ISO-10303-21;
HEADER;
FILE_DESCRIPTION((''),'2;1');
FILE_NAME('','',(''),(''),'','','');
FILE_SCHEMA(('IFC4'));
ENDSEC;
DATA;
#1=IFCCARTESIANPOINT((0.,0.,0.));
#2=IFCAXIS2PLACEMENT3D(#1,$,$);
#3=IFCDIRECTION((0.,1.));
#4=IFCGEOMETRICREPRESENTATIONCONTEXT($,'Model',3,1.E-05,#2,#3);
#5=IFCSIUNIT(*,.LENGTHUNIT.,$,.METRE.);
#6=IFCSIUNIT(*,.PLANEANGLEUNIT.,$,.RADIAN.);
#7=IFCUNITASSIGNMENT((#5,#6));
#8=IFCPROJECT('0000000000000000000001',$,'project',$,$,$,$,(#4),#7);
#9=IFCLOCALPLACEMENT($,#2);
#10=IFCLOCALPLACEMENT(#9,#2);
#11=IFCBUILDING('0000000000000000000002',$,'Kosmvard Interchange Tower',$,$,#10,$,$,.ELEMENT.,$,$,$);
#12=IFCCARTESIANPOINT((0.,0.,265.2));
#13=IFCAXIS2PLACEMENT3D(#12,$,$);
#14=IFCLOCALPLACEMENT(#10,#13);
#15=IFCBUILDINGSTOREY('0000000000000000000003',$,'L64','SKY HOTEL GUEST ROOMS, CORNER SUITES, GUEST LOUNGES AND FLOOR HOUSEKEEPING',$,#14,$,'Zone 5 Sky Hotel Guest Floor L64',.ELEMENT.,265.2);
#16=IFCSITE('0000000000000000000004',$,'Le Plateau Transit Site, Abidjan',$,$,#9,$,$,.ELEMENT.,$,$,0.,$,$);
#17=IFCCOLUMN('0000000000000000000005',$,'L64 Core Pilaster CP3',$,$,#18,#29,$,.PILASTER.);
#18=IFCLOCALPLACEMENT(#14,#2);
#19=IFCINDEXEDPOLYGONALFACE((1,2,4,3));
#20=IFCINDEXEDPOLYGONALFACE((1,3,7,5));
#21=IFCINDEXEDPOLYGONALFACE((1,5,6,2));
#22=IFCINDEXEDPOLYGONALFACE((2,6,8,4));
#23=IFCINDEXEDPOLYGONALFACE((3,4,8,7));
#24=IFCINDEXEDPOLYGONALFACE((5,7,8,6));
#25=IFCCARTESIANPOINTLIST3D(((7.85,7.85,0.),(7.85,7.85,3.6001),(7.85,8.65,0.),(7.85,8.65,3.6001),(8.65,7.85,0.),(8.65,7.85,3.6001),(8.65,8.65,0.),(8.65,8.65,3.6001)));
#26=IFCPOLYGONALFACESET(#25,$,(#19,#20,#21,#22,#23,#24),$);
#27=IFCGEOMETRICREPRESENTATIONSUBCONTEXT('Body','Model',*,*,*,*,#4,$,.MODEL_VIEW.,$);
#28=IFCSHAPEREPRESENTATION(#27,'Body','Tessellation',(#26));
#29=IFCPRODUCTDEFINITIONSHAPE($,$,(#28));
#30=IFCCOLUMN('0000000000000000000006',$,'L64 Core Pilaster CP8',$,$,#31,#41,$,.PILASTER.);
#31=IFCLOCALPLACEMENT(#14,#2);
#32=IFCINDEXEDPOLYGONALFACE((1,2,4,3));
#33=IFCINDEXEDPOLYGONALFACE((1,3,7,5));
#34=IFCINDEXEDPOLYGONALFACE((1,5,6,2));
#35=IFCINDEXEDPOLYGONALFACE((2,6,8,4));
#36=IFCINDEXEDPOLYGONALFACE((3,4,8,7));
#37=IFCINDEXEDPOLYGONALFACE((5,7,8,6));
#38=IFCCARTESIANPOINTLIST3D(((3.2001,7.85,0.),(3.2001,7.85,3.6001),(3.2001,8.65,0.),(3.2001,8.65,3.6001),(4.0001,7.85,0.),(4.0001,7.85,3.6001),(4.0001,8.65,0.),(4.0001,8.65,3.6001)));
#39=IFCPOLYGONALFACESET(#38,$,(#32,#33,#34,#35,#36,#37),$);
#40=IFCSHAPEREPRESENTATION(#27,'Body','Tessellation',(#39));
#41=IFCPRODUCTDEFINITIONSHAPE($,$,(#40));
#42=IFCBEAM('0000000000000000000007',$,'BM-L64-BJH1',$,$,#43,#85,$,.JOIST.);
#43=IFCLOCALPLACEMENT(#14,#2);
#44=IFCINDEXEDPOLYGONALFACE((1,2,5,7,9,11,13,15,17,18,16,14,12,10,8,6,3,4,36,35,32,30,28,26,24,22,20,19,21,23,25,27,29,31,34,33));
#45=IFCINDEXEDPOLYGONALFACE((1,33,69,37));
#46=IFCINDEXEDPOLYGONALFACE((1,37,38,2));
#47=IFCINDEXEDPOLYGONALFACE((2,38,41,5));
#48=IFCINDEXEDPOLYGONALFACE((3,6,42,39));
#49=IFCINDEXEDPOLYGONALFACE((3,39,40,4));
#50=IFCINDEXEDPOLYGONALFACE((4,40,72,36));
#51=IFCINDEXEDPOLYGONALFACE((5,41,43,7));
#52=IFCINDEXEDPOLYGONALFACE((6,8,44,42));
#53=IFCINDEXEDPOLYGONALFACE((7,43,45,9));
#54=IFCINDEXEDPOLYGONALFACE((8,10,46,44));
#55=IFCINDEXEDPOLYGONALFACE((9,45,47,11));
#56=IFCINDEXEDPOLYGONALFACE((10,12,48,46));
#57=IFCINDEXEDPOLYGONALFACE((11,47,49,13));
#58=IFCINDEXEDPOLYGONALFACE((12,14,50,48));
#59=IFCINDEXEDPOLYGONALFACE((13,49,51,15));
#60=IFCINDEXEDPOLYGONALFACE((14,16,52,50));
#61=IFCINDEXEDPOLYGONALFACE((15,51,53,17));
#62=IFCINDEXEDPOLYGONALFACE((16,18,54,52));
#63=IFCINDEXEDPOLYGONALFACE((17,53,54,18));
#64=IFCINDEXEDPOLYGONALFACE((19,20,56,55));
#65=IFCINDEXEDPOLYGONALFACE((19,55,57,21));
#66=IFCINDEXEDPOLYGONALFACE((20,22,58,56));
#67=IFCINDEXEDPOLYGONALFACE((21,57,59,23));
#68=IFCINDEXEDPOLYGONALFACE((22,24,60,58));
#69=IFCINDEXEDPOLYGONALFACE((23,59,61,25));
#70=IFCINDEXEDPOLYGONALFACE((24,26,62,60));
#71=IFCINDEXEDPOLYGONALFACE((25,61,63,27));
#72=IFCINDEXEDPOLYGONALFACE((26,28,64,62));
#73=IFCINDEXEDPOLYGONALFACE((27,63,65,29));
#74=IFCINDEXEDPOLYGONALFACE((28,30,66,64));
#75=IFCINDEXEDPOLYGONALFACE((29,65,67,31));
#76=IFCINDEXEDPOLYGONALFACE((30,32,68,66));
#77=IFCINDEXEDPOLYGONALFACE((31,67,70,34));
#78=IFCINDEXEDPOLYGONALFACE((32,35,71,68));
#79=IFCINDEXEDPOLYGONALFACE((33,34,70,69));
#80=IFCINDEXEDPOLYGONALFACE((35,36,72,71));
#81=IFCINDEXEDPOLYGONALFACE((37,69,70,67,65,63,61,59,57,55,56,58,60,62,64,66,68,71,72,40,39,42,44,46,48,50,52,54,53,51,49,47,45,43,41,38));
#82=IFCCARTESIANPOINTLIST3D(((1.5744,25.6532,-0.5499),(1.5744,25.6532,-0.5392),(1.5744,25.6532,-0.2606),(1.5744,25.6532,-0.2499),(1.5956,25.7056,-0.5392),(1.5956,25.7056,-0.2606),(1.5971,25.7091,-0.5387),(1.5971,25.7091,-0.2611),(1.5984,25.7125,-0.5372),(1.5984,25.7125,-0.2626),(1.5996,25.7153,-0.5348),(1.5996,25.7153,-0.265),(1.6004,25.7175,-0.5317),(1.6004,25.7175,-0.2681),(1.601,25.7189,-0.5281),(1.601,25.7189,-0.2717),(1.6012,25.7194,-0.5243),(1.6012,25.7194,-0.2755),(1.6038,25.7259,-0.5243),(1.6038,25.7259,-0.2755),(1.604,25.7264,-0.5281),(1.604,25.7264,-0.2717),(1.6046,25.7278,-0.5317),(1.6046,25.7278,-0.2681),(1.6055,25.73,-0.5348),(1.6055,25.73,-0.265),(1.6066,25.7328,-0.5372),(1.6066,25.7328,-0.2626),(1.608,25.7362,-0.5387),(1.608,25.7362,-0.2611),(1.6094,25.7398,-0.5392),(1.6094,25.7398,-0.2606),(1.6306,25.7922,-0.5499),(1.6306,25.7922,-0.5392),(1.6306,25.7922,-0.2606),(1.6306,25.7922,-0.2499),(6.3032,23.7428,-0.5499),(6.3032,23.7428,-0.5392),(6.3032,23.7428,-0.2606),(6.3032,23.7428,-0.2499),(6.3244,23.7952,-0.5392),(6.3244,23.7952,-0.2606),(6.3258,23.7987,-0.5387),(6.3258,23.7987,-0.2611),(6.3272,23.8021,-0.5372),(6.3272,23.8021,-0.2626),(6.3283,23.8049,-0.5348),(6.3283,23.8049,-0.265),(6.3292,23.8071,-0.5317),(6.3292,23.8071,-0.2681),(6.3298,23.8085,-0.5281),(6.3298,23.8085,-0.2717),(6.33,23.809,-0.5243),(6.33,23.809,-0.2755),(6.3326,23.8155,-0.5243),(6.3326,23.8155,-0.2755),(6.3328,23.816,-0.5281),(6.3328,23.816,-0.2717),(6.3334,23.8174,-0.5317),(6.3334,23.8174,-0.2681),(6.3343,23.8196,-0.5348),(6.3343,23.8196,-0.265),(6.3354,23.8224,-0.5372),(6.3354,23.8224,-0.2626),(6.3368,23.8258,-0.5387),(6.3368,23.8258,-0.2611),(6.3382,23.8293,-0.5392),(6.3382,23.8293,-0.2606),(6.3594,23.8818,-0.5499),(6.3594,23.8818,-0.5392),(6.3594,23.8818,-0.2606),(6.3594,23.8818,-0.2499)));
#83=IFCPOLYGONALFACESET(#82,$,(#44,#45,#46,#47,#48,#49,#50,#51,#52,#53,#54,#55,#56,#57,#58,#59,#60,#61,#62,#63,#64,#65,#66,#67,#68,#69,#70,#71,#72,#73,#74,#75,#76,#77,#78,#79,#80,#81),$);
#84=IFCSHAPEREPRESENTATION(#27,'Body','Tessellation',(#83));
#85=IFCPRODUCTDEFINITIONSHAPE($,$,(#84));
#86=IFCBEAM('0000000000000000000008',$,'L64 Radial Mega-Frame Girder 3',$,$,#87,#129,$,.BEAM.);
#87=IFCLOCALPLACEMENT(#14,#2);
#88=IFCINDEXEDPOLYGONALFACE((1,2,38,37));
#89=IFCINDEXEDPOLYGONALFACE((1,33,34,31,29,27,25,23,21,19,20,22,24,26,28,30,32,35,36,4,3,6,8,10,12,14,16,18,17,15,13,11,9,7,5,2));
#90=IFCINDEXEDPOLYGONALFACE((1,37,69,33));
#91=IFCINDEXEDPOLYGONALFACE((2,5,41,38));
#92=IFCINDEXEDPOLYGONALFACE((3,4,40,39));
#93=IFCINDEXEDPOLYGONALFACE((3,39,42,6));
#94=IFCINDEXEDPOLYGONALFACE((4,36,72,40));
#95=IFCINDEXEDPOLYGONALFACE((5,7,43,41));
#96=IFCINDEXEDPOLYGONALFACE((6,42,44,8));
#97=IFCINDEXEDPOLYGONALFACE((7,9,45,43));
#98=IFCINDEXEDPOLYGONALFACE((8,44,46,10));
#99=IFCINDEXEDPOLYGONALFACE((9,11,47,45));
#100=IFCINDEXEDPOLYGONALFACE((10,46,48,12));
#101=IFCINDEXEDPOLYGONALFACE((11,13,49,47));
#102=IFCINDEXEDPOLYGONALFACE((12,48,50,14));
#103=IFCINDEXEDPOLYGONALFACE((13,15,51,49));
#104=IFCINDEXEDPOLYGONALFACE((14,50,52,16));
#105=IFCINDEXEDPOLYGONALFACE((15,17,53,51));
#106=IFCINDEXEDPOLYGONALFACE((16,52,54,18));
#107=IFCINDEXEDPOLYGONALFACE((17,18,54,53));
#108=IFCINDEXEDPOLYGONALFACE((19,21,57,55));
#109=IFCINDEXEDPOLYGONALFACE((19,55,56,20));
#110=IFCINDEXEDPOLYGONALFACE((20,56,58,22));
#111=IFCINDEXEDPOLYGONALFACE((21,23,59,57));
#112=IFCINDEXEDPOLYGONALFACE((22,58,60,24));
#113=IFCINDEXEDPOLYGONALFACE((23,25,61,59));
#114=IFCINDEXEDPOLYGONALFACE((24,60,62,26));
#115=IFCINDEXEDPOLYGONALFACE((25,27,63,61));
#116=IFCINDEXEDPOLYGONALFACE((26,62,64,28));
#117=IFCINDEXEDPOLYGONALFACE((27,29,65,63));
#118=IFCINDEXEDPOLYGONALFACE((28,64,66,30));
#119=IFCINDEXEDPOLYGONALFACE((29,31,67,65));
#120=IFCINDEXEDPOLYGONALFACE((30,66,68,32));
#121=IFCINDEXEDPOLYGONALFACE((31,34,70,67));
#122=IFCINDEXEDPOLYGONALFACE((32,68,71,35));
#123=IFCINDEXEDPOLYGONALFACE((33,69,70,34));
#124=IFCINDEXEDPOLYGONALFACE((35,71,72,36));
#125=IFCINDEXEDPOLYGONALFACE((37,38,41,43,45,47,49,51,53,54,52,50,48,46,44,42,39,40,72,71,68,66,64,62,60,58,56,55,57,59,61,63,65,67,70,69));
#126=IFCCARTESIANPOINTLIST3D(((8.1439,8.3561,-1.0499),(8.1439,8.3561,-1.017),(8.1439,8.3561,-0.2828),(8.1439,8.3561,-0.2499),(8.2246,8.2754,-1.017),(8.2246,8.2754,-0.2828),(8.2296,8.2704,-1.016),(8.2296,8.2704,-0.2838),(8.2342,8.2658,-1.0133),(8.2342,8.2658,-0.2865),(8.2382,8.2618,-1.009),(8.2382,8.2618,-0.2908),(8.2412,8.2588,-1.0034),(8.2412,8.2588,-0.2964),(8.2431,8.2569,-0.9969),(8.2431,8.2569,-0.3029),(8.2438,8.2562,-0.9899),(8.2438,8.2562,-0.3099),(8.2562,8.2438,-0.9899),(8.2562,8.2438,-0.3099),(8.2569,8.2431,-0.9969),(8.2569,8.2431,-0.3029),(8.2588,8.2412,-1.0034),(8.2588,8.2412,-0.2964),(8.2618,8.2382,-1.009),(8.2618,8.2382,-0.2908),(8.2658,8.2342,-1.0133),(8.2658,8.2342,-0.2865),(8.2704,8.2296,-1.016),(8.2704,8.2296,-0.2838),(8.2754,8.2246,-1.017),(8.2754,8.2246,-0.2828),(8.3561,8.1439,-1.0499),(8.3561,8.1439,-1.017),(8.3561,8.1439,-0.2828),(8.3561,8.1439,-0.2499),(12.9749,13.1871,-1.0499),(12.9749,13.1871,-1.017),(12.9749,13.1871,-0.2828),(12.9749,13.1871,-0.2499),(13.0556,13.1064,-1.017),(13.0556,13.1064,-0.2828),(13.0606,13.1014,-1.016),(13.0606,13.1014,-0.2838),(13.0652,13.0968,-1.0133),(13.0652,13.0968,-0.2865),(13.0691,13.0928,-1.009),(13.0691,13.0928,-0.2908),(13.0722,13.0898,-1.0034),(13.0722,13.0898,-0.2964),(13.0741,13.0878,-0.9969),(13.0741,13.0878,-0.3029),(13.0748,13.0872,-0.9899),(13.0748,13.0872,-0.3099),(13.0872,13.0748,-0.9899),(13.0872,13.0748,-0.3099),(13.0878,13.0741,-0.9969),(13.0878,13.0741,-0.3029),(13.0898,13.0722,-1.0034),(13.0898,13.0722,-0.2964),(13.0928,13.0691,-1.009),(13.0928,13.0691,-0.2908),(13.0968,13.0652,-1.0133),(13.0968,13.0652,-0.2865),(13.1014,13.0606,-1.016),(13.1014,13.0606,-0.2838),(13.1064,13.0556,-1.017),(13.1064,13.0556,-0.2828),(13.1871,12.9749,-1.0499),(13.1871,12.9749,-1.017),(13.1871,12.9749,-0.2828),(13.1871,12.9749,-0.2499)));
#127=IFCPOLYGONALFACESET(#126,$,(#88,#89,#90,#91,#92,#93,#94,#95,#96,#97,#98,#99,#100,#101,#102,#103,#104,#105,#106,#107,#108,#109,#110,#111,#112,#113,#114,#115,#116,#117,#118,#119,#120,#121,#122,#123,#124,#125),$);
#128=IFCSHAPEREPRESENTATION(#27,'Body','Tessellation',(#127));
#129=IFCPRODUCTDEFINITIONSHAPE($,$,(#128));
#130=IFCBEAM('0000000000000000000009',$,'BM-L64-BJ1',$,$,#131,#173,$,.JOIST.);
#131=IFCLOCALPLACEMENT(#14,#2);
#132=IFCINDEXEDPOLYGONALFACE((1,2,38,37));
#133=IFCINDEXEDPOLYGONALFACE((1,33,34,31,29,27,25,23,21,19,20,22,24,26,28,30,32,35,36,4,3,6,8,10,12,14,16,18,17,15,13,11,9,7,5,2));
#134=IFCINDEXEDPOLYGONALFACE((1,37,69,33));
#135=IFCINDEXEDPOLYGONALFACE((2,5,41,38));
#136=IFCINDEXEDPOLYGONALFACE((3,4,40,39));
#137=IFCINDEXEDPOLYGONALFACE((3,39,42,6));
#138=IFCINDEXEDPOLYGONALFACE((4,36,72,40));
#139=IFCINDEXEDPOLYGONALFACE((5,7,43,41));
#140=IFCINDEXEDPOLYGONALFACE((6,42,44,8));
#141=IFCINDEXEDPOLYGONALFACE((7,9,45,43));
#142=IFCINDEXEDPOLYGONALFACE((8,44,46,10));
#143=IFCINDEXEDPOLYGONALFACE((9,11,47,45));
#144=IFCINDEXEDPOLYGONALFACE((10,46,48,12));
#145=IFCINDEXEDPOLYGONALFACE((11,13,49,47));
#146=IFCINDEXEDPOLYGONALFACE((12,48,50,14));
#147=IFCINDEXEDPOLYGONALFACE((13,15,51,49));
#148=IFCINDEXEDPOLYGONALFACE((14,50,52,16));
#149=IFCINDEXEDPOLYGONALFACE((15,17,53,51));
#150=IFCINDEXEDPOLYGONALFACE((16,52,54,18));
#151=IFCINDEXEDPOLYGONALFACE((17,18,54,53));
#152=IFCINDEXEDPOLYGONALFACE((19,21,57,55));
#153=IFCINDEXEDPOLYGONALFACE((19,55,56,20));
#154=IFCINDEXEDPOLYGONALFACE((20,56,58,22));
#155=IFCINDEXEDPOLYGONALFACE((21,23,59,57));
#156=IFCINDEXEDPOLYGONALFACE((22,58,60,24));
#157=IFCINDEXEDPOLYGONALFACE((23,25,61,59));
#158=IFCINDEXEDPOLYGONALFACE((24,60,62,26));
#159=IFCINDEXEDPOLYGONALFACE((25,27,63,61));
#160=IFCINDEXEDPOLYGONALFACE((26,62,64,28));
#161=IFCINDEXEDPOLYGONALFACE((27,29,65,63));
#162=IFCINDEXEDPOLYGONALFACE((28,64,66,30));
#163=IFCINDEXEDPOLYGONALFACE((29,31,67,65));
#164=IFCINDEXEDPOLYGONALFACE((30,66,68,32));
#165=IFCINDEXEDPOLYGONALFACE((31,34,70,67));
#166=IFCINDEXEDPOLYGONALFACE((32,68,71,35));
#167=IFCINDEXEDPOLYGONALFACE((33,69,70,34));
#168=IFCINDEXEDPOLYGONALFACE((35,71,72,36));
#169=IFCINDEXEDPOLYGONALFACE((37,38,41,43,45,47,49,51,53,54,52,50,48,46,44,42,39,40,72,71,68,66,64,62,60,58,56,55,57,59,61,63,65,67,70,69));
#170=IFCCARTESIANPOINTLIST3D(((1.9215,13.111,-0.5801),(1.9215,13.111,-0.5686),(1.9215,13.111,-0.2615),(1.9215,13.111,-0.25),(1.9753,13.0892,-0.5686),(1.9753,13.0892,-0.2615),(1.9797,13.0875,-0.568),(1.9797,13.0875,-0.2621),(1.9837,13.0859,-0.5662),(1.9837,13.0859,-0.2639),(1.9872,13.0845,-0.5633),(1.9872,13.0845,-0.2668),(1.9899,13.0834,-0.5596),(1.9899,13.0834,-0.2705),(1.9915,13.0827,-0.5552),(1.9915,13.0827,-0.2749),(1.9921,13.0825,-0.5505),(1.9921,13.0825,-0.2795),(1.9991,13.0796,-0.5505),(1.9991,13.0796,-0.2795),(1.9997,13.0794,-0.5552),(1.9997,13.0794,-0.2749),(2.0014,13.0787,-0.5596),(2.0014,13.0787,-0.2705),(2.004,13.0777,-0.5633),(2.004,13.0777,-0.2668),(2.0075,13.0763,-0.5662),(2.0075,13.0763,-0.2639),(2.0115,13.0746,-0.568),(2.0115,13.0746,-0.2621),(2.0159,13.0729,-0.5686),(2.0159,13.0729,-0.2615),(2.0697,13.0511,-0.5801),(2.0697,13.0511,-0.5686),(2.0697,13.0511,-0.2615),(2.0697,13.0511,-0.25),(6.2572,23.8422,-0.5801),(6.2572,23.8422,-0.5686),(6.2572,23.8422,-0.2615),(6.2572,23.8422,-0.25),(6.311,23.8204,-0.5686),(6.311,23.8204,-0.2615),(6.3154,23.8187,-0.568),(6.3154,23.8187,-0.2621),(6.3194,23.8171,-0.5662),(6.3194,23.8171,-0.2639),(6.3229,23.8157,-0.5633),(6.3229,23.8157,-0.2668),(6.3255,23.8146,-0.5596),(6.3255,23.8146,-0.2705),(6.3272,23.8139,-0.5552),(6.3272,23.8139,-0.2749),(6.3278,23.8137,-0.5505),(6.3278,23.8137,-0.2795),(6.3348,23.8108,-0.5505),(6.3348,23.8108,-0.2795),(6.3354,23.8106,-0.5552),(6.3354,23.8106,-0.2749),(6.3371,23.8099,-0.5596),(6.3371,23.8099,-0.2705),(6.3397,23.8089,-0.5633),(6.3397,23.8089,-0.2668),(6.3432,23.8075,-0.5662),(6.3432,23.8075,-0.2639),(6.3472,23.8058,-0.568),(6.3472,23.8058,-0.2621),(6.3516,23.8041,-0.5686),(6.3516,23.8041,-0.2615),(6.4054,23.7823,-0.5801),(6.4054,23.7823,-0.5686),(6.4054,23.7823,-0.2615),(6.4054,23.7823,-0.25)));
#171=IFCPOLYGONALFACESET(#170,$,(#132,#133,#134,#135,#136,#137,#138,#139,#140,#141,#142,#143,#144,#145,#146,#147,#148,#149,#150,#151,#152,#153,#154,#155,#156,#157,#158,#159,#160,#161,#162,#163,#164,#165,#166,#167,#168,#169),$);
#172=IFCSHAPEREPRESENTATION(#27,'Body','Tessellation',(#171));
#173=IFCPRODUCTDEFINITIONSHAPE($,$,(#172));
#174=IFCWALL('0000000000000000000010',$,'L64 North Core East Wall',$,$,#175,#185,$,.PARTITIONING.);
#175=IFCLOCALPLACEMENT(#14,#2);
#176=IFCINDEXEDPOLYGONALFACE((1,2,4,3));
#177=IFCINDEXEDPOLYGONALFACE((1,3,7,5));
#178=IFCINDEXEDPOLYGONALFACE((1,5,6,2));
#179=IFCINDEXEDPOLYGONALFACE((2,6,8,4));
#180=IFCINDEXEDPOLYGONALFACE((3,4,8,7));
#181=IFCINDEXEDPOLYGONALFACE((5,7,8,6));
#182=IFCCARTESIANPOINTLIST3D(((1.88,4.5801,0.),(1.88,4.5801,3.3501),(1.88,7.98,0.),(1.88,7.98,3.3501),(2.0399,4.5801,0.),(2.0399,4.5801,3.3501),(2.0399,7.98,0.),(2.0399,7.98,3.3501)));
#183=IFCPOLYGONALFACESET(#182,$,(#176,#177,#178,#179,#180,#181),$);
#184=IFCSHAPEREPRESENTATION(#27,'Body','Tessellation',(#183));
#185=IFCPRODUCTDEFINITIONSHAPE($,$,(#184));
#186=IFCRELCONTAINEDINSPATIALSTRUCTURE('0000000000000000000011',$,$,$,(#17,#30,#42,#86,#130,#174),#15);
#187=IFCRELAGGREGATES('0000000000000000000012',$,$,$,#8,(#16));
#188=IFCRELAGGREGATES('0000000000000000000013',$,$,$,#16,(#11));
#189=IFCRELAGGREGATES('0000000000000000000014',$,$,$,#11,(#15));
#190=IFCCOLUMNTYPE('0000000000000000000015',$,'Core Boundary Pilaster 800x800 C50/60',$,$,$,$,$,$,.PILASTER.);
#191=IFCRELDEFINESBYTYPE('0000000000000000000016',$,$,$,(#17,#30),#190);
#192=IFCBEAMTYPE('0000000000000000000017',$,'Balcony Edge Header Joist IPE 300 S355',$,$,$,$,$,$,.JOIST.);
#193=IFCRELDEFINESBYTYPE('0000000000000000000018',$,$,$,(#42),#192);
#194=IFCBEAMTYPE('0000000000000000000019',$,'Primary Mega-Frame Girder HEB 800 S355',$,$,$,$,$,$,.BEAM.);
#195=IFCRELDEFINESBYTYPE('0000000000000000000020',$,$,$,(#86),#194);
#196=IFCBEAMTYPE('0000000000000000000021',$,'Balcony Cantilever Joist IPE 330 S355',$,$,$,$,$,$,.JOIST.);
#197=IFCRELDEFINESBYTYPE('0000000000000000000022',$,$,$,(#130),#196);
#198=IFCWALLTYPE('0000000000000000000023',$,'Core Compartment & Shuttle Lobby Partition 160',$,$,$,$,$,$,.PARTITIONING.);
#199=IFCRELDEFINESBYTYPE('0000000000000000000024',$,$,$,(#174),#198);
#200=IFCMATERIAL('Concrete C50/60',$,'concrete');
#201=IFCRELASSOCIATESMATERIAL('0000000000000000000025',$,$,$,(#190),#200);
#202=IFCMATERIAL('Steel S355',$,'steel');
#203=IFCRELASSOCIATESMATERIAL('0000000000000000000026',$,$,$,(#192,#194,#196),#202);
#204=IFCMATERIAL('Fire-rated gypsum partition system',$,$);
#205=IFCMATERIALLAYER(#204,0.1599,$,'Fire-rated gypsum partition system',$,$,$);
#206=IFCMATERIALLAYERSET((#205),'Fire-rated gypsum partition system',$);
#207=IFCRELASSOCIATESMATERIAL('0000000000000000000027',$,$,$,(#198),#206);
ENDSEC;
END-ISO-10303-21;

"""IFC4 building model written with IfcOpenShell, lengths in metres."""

from ifc_helpers import new_model, si_unit, direction, frame, frame_2d, origin, origin_2d, place, context, subcontext, project, spatial, rectangle, i_section, extrude, source, transform, mapped, material, layer, layer_set, material_profile, profile_set, type_object, element, save


model = new_model("IFC4")

# Units and contexts
model_context = context("Model", 3, precision=1e-05, world=origin(), true_north=direction((0.0, 1.0)))
body_context = subcontext(model_context, "Body", "Model", "MODEL_VIEW")
ifc_project = project(units=[si_unit("LENGTHUNIT", "METRE"), si_unit("PLANEANGLEUNIT", "RADIAN")], contexts=[model_context])

# Site, building, storey
site_placement = place(None, origin())
site = spatial("IfcSite", under=ifc_project, at=site_placement, Name="Le Plateau Transit Site, Abidjan", CompositionType="ELEMENT", RefElevation=0.0)
building_placement = place(site_placement, origin())
building = spatial("IfcBuilding", under=site, at=building_placement, Name="Kosmvard Interchange Tower", CompositionType="ELEMENT")
storey_placement = place(building_placement, frame((0.0, 0.0, 265.2)))
storey = spatial("IfcBuildingStorey", under=building, at=storey_placement, Name="L64", Description="SKY HOTEL GUEST ROOMS, CORNER SUITES, GUEST LOUNGES AND FLOOR HOUSEKEEPING", LongName="Zone 5 Sky Hotel Guest Floor L64", CompositionType="ELEMENT", Elevation=265.2)

# Columns
ifc_material_1 = material(Name="Concrete C50/60", Category="concrete")
ifc_material_profile_1 = material_profile(ifc_material_1, rectangle(XDim=0.8, YDim=0.8, at=origin_2d()), Name="CP 800x800")
ifc_profile_set_1 = profile_set([ifc_material_profile_1], Name="Concrete C50/60")
column_type = type_object("IfcColumnType", Name="Core Boundary Pilaster 800x800 C50/60", PredefinedType="PILASTER", material=ifc_profile_set_1)
shared_shape_1 = source(origin(), body_context, "Body", "SweptSolid", [
    extrude(rectangle(XDim=0.8, YDim=0.8, at=origin_2d()), origin(), (0.0, 0.0, 1.0), 3.6001),
])
for number, where, z_axis, x_axis, name in (
    (1, (8.25, 8.25, 0.0), (0.0, 0.0, 1.0), (1.0, 0.0, 0.0), "L64 Core Pilaster CP3"),
    (2, (3.6001, 8.25, 0.0), (0.0, 0.0, 1.0), (1.0, 0.0, 0.0), "L64 Core Pilaster CP8"),
):
    element("IfcColumn", number, at=place(storey_placement, frame(where, z_axis=z_axis, x_axis=x_axis)), inside=storey, type_object=column_type, Name=name, PredefinedType="PILASTER", context=body_context, shape_type="MappedRepresentation", body=[
        mapped(shared_shape_1, transform((0.0, 0.0, 0.0), scale=1.0)),
    ])

# Beams
ifc_material_2 = material(Name="Steel S355", Category="steel")
ifc_material_profile_2 = material_profile(ifc_material_2, i_section(OverallWidth=0.1499, OverallDepth=0.3, WebThickness=0.0071, FlangeThickness=0.0107, FilletRadius=0.0149, at=origin_2d()), Name="IPE 300")
ifc_profile_set_2 = profile_set([ifc_material_profile_2], Name="Steel S355")
beam_type_1 = type_object("IfcBeamType", Name="Balcony Edge Header Joist IPE 300 S355", PredefinedType="JOIST", material=ifc_profile_set_2)
shared_shape_2 = source(origin(), body_context, "Body", "SweptSolid", [
    extrude(i_section(OverallWidth=0.1499, OverallDepth=0.3, WebThickness=0.0071, FlangeThickness=0.0107, FilletRadius=0.0149, at=origin_2d()), origin(), (0.0, 0.0, 1.0), 5.1001),
])
beam_1_placement = place(storey_placement, frame((6.3313, 23.8123, -0.3999), z_axis=(-0.927194, 0.374583, 0.0), x_axis=(-0.374583, -0.927194, 0.0)))
element("IfcBeam", 3, at=beam_1_placement, inside=storey, type_object=beam_type_1, Name="BM-L64-BJH1", PredefinedType="JOIST", context=body_context, shape_type="MappedRepresentation", body=[
    mapped(shared_shape_2, transform((0.0, 0.0, 0.0), scale=1.0)),
])
ifc_material_profile_3 = material_profile(ifc_material_2, i_section(OverallWidth=0.3, OverallDepth=0.8, WebThickness=0.0176, FlangeThickness=0.033, FilletRadius=0.0271, at=origin_2d()), Name="HEB 800")
ifc_profile_set_3 = profile_set([ifc_material_profile_3], Name="Steel S355")
beam_type_2 = type_object("IfcBeamType", Name="Primary Mega-Frame Girder HEB 800 S355", PredefinedType="BEAM", material=ifc_profile_set_3)
shared_shape_3 = source(origin(), body_context, "Body", "SweptSolid", [
    extrude(i_section(OverallWidth=0.3, OverallDepth=0.8, WebThickness=0.0176, FlangeThickness=0.033, FilletRadius=0.0271, at=origin_2d()), origin(), (0.0, 0.0, 1.0), 6.832),
])
beam_2_placement = place(storey_placement, frame((8.25, 8.25, -0.6499), z_axis=(0.707107, 0.707107, 0.0), x_axis=(-0.707107, 0.707107, 0.0)))
element("IfcBeam", 4, at=beam_2_placement, inside=storey, type_object=beam_type_2, Name="L64 Radial Mega-Frame Girder 3", PredefinedType="BEAM", context=body_context, shape_type="MappedRepresentation", body=[
    mapped(shared_shape_3, transform((0.0, 0.0, 0.0), scale=1.0)),
])
ifc_material_profile_4 = material_profile(ifc_material_2, i_section(OverallWidth=0.1599, OverallDepth=0.3301, WebThickness=0.0076, FlangeThickness=0.0115, FilletRadius=0.0181, at=origin_2d()), Name="IPE 330")
ifc_profile_set_4 = profile_set([ifc_material_profile_4], Name="Steel S355")
beam_type_3 = type_object("IfcBeamType", Name="Balcony Cantilever Joist IPE 330 S355", PredefinedType="JOIST", material=ifc_profile_set_4)
shared_shape_4 = source(origin(), body_context, "Body", "SweptSolid", [
    extrude(i_section(OverallWidth=0.1599, OverallDepth=0.3301, WebThickness=0.0076, FlangeThickness=0.0115, FilletRadius=0.0181, at=origin_2d()), origin(), (0.0, 0.0, 1.0), 11.574),
])
beam_3_placement = place(storey_placement, frame((1.9956, 13.0811, -0.415), z_axis=(0.374607, 0.927184, 0.0), x_axis=(-0.927184, 0.374607, 0.0)))
element("IfcBeam", 5, at=beam_3_placement, inside=storey, type_object=beam_type_3, Name="BM-L64-BJ1", PredefinedType="JOIST", context=body_context, shape_type="MappedRepresentation", body=[
    mapped(shared_shape_4, transform((0.0, 0.0, 0.0), scale=1.0)),
])

# Wall
ifc_material_3 = material(Name="Fire-rated gypsum partition system")
ifc_layer_1 = layer(ifc_material_3, 0.1599, Name="Fire-rated gypsum partition system")
ifc_layer_set_1 = layer_set([ifc_layer_1], Name="Fire-rated gypsum partition system")
wall_type_1 = type_object("IfcWallType", Name="Core Compartment & Shuttle Lobby Partition 160", PredefinedType="PARTITIONING", material=ifc_layer_set_1)
wall_1_placement = place(storey_placement, frame((1.96, 4.5801, 0.0), z_axis=(0.0, 0.0, 1.0), x_axis=(0.0, 1.0, 0.0)))
element("IfcWall", 6, at=wall_1_placement, inside=storey, type_object=wall_type_1, Name="L64 North Core East Wall", PredefinedType="PARTITIONING", context=body_context, shape_type="SweptSolid", body=[
    extrude(rectangle(XDim=3.3999, YDim=0.1599, at=frame_2d((1.7, 0.0))), origin(), (0.0, 0.0, 1.0), 3.3501),
])

save(model, "model.ifc")
